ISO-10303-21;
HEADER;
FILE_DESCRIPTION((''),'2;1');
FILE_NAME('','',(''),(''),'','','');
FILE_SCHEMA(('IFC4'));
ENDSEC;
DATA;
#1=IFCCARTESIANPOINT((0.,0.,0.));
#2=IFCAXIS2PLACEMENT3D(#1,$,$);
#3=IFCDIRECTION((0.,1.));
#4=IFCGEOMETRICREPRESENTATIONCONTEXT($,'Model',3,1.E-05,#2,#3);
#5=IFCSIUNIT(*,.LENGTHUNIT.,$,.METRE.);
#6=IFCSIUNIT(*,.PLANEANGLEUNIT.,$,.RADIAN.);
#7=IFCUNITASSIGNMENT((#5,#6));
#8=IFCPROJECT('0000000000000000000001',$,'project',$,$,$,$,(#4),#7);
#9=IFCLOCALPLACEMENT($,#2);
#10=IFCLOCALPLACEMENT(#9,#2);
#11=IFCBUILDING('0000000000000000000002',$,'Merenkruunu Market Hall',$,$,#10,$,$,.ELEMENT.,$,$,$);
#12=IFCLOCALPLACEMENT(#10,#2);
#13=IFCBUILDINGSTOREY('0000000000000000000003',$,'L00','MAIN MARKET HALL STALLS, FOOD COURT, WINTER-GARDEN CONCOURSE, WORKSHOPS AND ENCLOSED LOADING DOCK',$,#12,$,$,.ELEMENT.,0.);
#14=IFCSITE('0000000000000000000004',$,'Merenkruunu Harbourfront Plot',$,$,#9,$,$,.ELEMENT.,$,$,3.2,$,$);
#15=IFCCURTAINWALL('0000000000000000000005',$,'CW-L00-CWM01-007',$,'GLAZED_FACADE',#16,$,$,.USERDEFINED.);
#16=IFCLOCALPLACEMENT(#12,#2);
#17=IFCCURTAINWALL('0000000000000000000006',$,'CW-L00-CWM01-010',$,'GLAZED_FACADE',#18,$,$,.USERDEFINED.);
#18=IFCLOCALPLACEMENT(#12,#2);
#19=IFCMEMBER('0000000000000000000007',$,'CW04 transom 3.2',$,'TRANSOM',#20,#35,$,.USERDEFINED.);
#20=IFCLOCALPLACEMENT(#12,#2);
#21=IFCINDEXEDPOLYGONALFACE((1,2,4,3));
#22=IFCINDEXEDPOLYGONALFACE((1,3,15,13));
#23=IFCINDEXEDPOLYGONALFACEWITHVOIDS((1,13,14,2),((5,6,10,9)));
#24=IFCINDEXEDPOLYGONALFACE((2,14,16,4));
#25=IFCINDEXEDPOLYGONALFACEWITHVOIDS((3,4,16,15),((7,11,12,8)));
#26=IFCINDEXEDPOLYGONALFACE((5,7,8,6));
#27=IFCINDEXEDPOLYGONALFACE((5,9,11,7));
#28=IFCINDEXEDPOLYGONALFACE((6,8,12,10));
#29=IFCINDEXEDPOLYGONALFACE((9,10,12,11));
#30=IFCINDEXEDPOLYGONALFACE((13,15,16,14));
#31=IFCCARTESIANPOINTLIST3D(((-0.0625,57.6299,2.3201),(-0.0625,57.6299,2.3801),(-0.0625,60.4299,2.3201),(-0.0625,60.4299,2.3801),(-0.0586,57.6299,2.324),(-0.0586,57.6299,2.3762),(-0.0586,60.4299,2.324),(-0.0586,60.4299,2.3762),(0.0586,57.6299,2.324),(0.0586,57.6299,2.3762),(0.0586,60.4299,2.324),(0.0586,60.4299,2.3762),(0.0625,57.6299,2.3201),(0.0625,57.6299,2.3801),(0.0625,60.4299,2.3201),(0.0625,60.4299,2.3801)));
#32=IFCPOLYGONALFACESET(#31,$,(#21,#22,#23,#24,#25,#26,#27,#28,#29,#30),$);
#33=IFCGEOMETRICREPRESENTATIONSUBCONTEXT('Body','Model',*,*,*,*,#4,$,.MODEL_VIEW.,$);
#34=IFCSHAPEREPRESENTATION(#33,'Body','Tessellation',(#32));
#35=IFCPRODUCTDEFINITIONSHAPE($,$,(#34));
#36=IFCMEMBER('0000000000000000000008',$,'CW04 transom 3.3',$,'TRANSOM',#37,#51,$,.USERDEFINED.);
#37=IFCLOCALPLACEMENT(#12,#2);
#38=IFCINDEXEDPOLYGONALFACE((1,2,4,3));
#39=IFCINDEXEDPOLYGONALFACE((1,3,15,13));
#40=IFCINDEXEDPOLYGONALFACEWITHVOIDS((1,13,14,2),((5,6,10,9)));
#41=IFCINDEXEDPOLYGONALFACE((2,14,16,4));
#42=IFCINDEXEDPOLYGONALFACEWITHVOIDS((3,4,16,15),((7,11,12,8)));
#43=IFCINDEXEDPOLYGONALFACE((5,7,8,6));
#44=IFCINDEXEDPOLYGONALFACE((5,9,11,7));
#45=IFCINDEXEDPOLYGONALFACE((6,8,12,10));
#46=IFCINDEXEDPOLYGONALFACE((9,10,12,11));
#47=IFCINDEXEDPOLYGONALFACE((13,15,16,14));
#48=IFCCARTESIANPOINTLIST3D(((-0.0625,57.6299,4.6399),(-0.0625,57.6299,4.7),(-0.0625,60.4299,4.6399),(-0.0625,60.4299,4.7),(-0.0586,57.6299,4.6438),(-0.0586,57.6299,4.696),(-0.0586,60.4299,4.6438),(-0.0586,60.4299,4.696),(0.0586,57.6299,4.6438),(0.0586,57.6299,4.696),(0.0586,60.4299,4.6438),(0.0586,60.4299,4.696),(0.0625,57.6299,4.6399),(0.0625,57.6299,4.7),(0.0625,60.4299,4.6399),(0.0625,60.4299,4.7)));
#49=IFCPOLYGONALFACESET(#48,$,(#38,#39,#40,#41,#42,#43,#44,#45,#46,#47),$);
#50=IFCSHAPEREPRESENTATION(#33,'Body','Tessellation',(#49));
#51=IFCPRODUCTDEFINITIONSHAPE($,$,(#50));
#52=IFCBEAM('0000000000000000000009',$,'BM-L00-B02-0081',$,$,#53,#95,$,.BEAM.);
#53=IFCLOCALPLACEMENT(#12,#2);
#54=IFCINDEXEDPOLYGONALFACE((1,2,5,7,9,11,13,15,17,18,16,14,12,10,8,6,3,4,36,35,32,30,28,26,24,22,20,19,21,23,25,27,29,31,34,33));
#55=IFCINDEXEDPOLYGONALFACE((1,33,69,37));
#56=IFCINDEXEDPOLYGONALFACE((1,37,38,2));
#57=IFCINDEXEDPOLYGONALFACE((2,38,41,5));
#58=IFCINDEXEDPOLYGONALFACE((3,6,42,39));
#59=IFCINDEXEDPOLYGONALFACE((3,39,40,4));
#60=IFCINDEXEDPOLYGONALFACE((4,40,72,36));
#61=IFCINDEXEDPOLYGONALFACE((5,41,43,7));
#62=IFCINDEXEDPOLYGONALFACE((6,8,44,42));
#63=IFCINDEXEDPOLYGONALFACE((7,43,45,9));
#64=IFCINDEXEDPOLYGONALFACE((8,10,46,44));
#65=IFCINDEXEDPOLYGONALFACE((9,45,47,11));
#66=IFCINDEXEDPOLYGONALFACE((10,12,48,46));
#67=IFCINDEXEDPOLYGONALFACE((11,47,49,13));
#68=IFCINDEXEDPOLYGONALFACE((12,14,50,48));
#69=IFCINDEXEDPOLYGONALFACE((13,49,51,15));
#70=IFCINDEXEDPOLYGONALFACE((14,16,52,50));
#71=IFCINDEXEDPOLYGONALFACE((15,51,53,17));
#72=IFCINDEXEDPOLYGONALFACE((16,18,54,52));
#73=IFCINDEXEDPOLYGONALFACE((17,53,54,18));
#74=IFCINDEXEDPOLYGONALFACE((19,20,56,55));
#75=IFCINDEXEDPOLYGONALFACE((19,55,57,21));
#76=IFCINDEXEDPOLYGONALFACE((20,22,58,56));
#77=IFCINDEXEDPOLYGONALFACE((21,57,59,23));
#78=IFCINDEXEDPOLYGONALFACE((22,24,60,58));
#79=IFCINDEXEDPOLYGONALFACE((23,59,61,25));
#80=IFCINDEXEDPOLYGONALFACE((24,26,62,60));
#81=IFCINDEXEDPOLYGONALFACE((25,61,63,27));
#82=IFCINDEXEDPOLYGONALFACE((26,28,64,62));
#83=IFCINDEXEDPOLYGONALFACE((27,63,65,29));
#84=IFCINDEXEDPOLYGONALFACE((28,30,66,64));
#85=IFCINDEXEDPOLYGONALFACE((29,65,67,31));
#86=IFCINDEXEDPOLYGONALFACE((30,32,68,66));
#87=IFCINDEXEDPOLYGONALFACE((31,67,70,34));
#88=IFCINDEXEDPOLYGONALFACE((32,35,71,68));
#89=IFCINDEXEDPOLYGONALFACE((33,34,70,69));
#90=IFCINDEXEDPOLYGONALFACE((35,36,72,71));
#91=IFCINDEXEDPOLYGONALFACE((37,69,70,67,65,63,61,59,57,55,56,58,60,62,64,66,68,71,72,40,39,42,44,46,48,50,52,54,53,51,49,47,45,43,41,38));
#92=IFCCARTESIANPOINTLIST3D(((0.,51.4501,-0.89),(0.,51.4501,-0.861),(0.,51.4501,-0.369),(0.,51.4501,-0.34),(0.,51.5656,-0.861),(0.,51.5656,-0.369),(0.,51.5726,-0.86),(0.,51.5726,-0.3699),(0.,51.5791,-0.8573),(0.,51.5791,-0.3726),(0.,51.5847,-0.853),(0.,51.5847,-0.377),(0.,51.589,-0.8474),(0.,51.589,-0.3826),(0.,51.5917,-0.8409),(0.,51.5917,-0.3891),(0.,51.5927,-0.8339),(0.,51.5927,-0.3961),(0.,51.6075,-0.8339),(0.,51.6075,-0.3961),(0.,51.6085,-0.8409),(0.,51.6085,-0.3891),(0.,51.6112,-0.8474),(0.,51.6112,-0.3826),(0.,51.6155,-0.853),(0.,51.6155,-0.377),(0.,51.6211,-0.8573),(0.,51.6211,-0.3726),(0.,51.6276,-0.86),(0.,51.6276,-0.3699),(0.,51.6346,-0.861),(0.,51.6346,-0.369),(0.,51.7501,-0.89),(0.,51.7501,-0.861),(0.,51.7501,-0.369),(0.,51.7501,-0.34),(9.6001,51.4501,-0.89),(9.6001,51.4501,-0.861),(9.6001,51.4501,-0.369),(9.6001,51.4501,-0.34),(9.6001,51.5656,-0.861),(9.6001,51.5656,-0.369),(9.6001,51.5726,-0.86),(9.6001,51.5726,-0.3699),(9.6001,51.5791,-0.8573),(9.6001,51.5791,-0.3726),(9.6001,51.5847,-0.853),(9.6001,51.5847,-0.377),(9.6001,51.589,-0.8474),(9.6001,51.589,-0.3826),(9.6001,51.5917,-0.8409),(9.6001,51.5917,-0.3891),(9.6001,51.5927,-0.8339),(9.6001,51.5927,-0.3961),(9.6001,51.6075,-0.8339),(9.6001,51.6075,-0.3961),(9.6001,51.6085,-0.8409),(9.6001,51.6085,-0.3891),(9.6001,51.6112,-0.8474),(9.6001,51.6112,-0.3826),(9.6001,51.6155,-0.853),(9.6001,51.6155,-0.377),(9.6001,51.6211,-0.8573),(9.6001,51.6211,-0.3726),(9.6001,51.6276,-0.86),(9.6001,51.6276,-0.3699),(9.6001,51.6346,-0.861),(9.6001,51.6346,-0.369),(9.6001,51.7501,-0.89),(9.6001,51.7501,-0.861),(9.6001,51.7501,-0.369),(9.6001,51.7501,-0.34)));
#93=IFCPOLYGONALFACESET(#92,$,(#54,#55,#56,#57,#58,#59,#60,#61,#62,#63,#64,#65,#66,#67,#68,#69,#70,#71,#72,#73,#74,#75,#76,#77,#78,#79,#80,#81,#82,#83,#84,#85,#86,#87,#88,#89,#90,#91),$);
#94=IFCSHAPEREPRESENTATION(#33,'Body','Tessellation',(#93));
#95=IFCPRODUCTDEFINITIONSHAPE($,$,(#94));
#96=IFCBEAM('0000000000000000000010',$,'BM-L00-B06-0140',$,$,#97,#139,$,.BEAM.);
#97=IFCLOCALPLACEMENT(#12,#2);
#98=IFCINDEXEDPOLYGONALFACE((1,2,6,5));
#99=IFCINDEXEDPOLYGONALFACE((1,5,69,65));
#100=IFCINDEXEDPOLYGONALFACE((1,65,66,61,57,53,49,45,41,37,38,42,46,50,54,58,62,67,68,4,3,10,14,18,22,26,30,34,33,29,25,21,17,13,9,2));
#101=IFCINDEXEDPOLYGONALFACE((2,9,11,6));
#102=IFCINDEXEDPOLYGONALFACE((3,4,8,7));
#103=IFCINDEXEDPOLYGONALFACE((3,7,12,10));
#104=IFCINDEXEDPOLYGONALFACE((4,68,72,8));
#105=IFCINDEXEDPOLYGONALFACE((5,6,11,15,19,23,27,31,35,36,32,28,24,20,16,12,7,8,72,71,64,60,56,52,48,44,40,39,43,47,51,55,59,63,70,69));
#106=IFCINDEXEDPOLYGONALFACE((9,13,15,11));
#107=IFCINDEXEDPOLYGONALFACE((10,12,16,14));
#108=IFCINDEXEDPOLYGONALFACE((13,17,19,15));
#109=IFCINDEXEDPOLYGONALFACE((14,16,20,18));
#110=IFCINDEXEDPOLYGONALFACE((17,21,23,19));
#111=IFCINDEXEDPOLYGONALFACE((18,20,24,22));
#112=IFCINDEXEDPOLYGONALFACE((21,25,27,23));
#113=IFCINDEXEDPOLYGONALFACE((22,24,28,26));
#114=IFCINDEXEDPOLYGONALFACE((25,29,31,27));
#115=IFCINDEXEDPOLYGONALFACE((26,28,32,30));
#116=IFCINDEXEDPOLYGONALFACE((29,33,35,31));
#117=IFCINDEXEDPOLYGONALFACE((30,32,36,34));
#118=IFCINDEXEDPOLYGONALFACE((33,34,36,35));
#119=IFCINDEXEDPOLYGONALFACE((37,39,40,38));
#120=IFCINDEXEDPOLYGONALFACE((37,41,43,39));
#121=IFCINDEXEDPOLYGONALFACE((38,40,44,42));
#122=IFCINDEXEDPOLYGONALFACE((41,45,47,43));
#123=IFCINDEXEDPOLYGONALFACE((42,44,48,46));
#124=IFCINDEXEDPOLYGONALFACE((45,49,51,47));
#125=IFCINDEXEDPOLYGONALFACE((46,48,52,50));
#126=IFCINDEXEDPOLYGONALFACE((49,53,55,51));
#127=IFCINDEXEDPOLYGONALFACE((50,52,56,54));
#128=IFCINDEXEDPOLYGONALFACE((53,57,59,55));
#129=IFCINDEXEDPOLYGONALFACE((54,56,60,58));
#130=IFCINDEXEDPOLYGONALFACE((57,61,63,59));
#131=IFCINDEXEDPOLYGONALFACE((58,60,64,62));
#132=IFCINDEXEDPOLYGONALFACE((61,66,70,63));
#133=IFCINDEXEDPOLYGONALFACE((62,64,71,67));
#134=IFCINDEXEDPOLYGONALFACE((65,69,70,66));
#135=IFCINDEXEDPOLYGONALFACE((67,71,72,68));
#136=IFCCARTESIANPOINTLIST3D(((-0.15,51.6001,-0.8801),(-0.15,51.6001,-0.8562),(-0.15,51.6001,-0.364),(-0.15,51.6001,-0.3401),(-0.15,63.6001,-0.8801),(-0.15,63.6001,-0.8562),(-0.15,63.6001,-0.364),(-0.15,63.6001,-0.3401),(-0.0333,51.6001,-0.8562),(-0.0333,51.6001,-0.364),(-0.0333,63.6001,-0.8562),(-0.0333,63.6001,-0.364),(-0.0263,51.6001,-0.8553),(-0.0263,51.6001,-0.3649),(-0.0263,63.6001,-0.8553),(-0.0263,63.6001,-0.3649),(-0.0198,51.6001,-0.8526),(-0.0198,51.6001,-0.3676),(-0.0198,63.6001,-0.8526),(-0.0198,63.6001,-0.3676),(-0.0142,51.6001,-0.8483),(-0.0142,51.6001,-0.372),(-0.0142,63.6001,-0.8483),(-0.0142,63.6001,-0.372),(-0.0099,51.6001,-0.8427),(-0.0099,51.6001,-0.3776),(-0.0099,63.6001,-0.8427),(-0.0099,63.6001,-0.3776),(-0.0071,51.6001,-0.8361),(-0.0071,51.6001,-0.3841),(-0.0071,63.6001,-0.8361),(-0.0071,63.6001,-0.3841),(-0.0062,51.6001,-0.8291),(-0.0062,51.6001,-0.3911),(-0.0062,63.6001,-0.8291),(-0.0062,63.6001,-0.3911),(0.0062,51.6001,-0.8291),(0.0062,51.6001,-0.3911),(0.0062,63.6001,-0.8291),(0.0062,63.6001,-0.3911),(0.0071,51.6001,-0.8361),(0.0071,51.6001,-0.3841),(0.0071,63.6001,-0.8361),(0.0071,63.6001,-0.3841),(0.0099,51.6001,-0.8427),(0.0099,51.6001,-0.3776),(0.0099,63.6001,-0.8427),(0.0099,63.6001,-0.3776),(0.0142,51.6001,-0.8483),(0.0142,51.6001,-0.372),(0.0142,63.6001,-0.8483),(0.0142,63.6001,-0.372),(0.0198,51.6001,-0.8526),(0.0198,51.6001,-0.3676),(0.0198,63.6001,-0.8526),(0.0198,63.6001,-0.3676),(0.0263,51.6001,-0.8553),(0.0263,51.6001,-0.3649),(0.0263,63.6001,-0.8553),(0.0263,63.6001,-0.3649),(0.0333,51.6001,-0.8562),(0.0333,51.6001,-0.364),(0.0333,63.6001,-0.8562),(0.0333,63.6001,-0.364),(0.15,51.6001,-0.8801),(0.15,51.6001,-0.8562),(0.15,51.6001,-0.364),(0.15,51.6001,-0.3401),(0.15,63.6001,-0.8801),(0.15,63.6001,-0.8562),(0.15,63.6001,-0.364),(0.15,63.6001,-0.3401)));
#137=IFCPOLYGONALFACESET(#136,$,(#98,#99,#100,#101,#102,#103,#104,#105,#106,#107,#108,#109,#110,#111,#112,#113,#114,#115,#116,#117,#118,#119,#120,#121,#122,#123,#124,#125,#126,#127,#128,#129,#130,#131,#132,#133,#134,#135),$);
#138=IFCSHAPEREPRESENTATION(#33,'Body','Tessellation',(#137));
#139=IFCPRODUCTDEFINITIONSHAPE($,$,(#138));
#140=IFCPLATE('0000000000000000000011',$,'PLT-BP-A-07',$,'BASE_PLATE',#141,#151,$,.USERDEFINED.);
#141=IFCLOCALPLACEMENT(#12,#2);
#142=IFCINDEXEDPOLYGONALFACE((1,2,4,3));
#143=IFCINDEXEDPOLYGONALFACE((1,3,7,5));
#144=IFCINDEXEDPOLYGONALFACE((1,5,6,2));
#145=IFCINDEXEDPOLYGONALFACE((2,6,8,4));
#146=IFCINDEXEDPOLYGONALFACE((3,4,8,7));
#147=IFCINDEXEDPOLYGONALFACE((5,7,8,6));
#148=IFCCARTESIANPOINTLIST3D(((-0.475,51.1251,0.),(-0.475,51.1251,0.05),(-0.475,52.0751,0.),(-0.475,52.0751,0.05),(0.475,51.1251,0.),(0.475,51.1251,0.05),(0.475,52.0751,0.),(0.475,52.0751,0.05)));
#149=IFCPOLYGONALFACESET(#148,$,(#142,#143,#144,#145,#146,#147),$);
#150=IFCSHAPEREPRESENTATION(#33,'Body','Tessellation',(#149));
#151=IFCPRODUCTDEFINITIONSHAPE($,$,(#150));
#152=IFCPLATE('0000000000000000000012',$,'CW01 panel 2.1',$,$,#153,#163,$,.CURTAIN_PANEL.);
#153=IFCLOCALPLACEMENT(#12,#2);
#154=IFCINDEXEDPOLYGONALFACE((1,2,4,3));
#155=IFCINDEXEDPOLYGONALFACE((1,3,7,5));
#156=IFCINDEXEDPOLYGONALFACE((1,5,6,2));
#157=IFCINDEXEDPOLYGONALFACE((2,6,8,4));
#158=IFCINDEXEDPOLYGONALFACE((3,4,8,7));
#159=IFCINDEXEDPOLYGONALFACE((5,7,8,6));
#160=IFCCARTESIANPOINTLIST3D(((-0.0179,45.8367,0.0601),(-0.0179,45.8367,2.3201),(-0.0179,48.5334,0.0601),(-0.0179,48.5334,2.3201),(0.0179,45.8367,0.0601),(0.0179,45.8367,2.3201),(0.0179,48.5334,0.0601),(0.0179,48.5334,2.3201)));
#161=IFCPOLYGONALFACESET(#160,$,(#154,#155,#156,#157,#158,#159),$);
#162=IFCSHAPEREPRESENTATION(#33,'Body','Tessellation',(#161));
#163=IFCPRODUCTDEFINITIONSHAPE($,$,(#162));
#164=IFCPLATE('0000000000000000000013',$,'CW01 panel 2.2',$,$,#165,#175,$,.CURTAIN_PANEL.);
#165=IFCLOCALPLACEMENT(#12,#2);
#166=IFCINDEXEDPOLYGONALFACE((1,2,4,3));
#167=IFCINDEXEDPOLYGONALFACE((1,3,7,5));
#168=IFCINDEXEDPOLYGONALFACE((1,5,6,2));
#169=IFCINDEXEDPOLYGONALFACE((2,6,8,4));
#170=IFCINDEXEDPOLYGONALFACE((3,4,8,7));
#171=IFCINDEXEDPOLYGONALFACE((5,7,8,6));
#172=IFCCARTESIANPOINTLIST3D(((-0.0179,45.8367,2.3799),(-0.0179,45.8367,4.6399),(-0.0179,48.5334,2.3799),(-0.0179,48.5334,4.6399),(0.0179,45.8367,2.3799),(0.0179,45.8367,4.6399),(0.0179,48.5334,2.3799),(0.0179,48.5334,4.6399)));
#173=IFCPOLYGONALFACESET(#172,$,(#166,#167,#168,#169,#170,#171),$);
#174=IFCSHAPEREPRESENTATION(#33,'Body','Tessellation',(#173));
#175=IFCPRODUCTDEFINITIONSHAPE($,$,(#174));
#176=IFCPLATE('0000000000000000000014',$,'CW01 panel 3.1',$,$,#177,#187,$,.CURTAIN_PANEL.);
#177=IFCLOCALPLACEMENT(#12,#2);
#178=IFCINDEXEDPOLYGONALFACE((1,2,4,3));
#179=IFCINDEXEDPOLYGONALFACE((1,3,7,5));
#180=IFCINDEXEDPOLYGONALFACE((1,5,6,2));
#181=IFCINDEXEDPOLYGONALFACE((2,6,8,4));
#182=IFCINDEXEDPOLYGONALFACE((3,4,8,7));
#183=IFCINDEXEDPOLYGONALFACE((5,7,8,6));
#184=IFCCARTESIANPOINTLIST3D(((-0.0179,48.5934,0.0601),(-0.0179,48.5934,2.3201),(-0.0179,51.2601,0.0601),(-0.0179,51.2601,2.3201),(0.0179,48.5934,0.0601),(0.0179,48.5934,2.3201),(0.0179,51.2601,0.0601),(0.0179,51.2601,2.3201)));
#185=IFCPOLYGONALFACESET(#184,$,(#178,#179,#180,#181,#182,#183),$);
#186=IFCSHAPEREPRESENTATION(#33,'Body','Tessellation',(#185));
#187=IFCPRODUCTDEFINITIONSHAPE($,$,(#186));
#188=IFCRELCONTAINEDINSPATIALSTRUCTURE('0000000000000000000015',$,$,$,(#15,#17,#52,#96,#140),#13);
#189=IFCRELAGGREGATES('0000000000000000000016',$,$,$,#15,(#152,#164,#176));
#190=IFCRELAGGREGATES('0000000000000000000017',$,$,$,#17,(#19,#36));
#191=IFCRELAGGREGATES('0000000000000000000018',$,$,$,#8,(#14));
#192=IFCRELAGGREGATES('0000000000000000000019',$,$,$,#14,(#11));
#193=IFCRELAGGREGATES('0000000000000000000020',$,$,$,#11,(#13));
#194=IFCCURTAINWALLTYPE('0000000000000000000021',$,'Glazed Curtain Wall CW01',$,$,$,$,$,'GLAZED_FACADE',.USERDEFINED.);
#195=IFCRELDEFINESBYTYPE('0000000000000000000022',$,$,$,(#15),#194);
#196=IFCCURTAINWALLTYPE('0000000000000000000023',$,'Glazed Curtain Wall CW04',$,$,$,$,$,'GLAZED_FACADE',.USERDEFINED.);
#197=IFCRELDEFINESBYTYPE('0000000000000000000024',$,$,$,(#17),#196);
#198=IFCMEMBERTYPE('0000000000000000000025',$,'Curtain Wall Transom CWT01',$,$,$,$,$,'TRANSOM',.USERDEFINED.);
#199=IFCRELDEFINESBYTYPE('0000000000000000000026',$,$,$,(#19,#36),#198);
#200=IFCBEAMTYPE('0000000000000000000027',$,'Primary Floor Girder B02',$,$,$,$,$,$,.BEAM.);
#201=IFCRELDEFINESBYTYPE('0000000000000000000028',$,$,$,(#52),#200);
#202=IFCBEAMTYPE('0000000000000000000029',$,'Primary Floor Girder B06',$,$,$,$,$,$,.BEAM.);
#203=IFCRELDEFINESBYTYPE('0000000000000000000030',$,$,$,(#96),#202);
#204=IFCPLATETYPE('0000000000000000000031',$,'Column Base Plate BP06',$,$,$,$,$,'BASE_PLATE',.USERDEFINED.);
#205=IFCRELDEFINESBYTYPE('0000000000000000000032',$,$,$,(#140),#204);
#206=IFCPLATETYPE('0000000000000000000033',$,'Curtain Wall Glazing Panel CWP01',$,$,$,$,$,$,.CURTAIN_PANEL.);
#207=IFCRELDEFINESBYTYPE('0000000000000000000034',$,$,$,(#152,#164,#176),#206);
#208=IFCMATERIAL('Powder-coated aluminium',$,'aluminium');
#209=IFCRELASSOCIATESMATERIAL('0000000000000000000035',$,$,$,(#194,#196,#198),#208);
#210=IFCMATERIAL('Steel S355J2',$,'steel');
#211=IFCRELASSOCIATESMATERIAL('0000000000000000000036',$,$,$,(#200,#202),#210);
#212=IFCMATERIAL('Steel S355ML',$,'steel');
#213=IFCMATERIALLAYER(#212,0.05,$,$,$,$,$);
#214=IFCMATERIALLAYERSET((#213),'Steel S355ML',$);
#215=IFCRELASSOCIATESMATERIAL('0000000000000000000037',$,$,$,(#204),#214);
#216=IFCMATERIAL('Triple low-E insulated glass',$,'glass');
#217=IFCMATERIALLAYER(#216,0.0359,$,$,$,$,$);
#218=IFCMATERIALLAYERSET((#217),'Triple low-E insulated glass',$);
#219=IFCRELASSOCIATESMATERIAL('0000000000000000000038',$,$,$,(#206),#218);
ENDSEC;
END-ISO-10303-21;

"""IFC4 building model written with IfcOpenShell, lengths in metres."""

from ifc_helpers import new_model, si_unit, direction, frame, origin, origin_2d, place, context, subcontext, project, spatial, rectangle, hollow_rectangle, i_section, extrude, material, layer, layer_set, material_profile, profile_set, type_object, element, aggregate, save


model = new_model("IFC4")

# Units and contexts
model_context = context("Model", 3, precision=1e-05, world=origin(), true_north=direction((0.0, 1.0)))
body_context = subcontext(model_context, "Body", "Model", "MODEL_VIEW")
ifc_project = project(units=[si_unit("LENGTHUNIT", "METRE"), si_unit("PLANEANGLEUNIT", "RADIAN")], contexts=[model_context])

# Site, building, storey
site_placement = place(None, origin())
site = spatial("IfcSite", under=ifc_project, at=site_placement, Name="Merenkruunu Harbourfront Plot", CompositionType="ELEMENT", RefElevation=3.2)
building_placement = place(site_placement, origin())
building = spatial("IfcBuilding", under=site, at=building_placement, Name="Merenkruunu Market Hall", CompositionType="ELEMENT")
storey_placement = place(building_placement, origin())
storey = spatial("IfcBuildingStorey", under=building, at=storey_placement, Name="L00", Description="MAIN MARKET HALL STALLS, FOOD COURT, WINTER-GARDEN CONCOURSE, WORKSHOPS AND ENCLOSED LOADING DOCK", CompositionType="ELEMENT", Elevation=0.0)

# Shared definitions
ifc_material_1 = material(Name="Steel S355ML", Category="steel")

# Curtain walls
ifc_material_2 = material(Name="Powder-coated aluminium", Category="aluminium")
curtain_wall_type_1 = type_object("IfcCurtainWallType", Name="Glazed Curtain Wall CW01", ElementType="GLAZED_FACADE", PredefinedType="USERDEFINED", material=ifc_material_2)
curtain_wall_1_placement = place(storey_placement, origin())
curtain_wall_1 = element("IfcCurtainWall", 1, at=curtain_wall_1_placement, inside=storey, type_object=curtain_wall_type_1, Name="CW-L00-CWM01-007", ObjectType="GLAZED_FACADE", PredefinedType="USERDEFINED")
curtain_wall_type_2 = type_object("IfcCurtainWallType", Name="Glazed Curtain Wall CW04", ElementType="GLAZED_FACADE", PredefinedType="USERDEFINED", material=ifc_material_2)
curtain_wall_2_placement = place(storey_placement, origin())
curtain_wall_2 = element("IfcCurtainWall", 2, at=curtain_wall_2_placement, inside=storey, type_object=curtain_wall_type_2, Name="CW-L00-CWM01-010", ObjectType="GLAZED_FACADE", PredefinedType="USERDEFINED")

# Members
ifc_material_profile_1 = material_profile(ifc_material_2, hollow_rectangle(XDim=0.0601, YDim=0.125, WallThickness=0.0039, at=origin_2d()), Name="ALU 60x125x4")
ifc_profile_set_1 = profile_set([ifc_material_profile_1], Name="Powder-coated aluminium")
member_type_1 = type_object("IfcMemberType", Name="Curtain Wall Transom CWT01", ElementType="TRANSOM", PredefinedType="USERDEFINED", material=ifc_profile_set_1)
member_1_placement = place(storey_placement, frame((0.0, 57.6299, 2.3501), z_axis=(0.0, 1.0, 0.0), x_axis=(0.0, 0.0, 1.0)))
member_1 = element("IfcMember", 3, at=member_1_placement, type_object=member_type_1, Name="CW04 transom 3.2", ObjectType="TRANSOM", PredefinedType="USERDEFINED", context=body_context, shape_type="SweptSolid", body=[
    extrude(hollow_rectangle(XDim=0.0601, YDim=0.125, WallThickness=0.0039, at=origin_2d()), origin(), (0.0, 0.0, 1.0), 2.8),
])
member_2_placement = place(storey_placement, frame((0.0, 57.6299, 4.6699), z_axis=(0.0, 1.0, 0.0), x_axis=(0.0, 0.0, 1.0)))
member_2 = element("IfcMember", 4, at=member_2_placement, type_object=member_type_1, Name="CW04 transom 3.3", ObjectType="TRANSOM", PredefinedType="USERDEFINED", context=body_context, shape_type="SweptSolid", body=[
    extrude(hollow_rectangle(XDim=0.0601, YDim=0.125, WallThickness=0.0039, at=origin_2d()), origin(), (0.0, 0.0, 1.0), 2.8),
])

# Beams
ifc_material_3 = material(Name="Steel S355J2", Category="steel")
ifc_material_profile_2 = material_profile(ifc_material_3, i_section(OverallWidth=0.3, OverallDepth=0.55, WebThickness=0.0149, FlangeThickness=0.0291, FilletRadius=0.0271, at=origin_2d()), Name="HEB 550")
ifc_profile_set_2 = profile_set([ifc_material_profile_2], Name="Steel S355J2")
beam_type_1 = type_object("IfcBeamType", Name="Primary Floor Girder B02", PredefinedType="BEAM", material=ifc_profile_set_2)
beam_1_placement = place(storey_placement, frame((0.0, 51.6001, -0.615), z_axis=(1.0, 0.0, 0.0), x_axis=(0.0, 1.0, 0.0)))
element("IfcBeam", 5, at=beam_1_placement, inside=storey, type_object=beam_type_1, Name="BM-L00-B02-0081", PredefinedType="BEAM", context=body_context, shape_type="SweptSolid", body=[
    extrude(i_section(OverallWidth=0.3, OverallDepth=0.55, WebThickness=0.0149, FlangeThickness=0.0291, FilletRadius=0.0271, at=origin_2d()), origin(), (0.0, 0.0, 1.0), 9.6001),
])
ifc_material_profile_3 = material_profile(ifc_material_3, i_section(OverallWidth=0.3, OverallDepth=0.54, WebThickness=0.0125, FlangeThickness=0.0239, FilletRadius=0.0271, at=origin_2d()), Name="HEA 550")
ifc_profile_set_3 = profile_set([ifc_material_profile_3], Name="Steel S355J2")
beam_type_2 = type_object("IfcBeamType", Name="Primary Floor Girder B06", PredefinedType="BEAM", material=ifc_profile_set_3)
beam_2_placement = place(storey_placement, frame((0.0, 51.6001, -0.6101), z_axis=(0.0, 1.0, 0.0), x_axis=(-1.0, 0.0, 0.0)))
element("IfcBeam", 6, at=beam_2_placement, inside=storey, type_object=beam_type_2, Name="BM-L00-B06-0140", PredefinedType="BEAM", context=body_context, shape_type="SweptSolid", body=[
    extrude(i_section(OverallWidth=0.3, OverallDepth=0.54, WebThickness=0.0125, FlangeThickness=0.0239, FilletRadius=0.0271, at=origin_2d()), origin(), (0.0, 0.0, 1.0), 12.0),
])

# Plates
ifc_layer_1 = layer(ifc_material_1, 0.05)
ifc_layer_set_1 = layer_set([ifc_layer_1], Name="Steel S355ML")
plate_type_1 = type_object("IfcPlateType", Name="Column Base Plate BP06", ElementType="BASE_PLATE", PredefinedType="USERDEFINED", material=ifc_layer_set_1)
plate_1_placement = place(storey_placement, frame((0.0, 51.6001, 0.0), z_axis=(0.0, 0.0, 1.0), x_axis=(1.0, 0.0, 0.0)))
element("IfcPlate", 7, at=plate_1_placement, inside=storey, type_object=plate_type_1, Name="PLT-BP-A-07", ObjectType="BASE_PLATE", PredefinedType="USERDEFINED", context=body_context, shape_type="SweptSolid", body=[
    extrude(rectangle(XDim=0.95, YDim=0.95, at=origin_2d()), origin(), (0.0, 0.0, 1.0), 0.05),
])
ifc_material_4 = material(Name="Triple low-E insulated glass", Category="glass")
ifc_layer_2 = layer(ifc_material_4, 0.0359)
ifc_layer_set_2 = layer_set([ifc_layer_2], Name="Triple low-E insulated glass")
plate_type_2 = type_object("IfcPlateType", Name="Curtain Wall Glazing Panel CWP01", PredefinedType="CURTAIN_PANEL", material=ifc_layer_set_2)
plate_2_placement = place(storey_placement, frame((0.0, 47.1851, 0.0601), z_axis=(0.0, 0.0, 1.0), x_axis=(0.0, 1.0, 0.0)))
plate_2 = element("IfcPlate", 8, at=plate_2_placement, type_object=plate_type_2, Name="CW01 panel 2.1", PredefinedType="CURTAIN_PANEL", context=body_context, shape_type="SweptSolid", body=[
    extrude(rectangle(XDim=2.6968, YDim=0.0359, at=origin_2d()), origin(), (0.0, 0.0, 1.0), 2.26),
])
plate_3_placement = place(storey_placement, frame((0.0, 47.1851, 2.3799), z_axis=(0.0, 0.0, 1.0), x_axis=(0.0, 1.0, 0.0)))
plate_3 = element("IfcPlate", 9, at=plate_3_placement, type_object=plate_type_2, Name="CW01 panel 2.2", PredefinedType="CURTAIN_PANEL", context=body_context, shape_type="SweptSolid", body=[
    extrude(rectangle(XDim=2.6968, YDim=0.0359, at=origin_2d()), origin(), (0.0, 0.0, 1.0), 2.26),
])
plate_4_placement = place(storey_placement, frame((0.0, 49.9268, 0.0601), z_axis=(0.0, 0.0, 1.0), x_axis=(0.0, 1.0, 0.0)))
plate_4 = element("IfcPlate", 10, at=plate_4_placement, type_object=plate_type_2, Name="CW01 panel 3.1", PredefinedType="CURTAIN_PANEL", context=body_context, shape_type="SweptSolid", body=[
    extrude(rectangle(XDim=2.6667, YDim=0.0359, at=origin_2d()), origin(), (0.0, 0.0, 1.0), 2.26),
])
aggregate(curtain_wall_1, [plate_2, plate_3, plate_4])
aggregate(curtain_wall_2, [member_1, member_2])

save(model, "model.ifc")
